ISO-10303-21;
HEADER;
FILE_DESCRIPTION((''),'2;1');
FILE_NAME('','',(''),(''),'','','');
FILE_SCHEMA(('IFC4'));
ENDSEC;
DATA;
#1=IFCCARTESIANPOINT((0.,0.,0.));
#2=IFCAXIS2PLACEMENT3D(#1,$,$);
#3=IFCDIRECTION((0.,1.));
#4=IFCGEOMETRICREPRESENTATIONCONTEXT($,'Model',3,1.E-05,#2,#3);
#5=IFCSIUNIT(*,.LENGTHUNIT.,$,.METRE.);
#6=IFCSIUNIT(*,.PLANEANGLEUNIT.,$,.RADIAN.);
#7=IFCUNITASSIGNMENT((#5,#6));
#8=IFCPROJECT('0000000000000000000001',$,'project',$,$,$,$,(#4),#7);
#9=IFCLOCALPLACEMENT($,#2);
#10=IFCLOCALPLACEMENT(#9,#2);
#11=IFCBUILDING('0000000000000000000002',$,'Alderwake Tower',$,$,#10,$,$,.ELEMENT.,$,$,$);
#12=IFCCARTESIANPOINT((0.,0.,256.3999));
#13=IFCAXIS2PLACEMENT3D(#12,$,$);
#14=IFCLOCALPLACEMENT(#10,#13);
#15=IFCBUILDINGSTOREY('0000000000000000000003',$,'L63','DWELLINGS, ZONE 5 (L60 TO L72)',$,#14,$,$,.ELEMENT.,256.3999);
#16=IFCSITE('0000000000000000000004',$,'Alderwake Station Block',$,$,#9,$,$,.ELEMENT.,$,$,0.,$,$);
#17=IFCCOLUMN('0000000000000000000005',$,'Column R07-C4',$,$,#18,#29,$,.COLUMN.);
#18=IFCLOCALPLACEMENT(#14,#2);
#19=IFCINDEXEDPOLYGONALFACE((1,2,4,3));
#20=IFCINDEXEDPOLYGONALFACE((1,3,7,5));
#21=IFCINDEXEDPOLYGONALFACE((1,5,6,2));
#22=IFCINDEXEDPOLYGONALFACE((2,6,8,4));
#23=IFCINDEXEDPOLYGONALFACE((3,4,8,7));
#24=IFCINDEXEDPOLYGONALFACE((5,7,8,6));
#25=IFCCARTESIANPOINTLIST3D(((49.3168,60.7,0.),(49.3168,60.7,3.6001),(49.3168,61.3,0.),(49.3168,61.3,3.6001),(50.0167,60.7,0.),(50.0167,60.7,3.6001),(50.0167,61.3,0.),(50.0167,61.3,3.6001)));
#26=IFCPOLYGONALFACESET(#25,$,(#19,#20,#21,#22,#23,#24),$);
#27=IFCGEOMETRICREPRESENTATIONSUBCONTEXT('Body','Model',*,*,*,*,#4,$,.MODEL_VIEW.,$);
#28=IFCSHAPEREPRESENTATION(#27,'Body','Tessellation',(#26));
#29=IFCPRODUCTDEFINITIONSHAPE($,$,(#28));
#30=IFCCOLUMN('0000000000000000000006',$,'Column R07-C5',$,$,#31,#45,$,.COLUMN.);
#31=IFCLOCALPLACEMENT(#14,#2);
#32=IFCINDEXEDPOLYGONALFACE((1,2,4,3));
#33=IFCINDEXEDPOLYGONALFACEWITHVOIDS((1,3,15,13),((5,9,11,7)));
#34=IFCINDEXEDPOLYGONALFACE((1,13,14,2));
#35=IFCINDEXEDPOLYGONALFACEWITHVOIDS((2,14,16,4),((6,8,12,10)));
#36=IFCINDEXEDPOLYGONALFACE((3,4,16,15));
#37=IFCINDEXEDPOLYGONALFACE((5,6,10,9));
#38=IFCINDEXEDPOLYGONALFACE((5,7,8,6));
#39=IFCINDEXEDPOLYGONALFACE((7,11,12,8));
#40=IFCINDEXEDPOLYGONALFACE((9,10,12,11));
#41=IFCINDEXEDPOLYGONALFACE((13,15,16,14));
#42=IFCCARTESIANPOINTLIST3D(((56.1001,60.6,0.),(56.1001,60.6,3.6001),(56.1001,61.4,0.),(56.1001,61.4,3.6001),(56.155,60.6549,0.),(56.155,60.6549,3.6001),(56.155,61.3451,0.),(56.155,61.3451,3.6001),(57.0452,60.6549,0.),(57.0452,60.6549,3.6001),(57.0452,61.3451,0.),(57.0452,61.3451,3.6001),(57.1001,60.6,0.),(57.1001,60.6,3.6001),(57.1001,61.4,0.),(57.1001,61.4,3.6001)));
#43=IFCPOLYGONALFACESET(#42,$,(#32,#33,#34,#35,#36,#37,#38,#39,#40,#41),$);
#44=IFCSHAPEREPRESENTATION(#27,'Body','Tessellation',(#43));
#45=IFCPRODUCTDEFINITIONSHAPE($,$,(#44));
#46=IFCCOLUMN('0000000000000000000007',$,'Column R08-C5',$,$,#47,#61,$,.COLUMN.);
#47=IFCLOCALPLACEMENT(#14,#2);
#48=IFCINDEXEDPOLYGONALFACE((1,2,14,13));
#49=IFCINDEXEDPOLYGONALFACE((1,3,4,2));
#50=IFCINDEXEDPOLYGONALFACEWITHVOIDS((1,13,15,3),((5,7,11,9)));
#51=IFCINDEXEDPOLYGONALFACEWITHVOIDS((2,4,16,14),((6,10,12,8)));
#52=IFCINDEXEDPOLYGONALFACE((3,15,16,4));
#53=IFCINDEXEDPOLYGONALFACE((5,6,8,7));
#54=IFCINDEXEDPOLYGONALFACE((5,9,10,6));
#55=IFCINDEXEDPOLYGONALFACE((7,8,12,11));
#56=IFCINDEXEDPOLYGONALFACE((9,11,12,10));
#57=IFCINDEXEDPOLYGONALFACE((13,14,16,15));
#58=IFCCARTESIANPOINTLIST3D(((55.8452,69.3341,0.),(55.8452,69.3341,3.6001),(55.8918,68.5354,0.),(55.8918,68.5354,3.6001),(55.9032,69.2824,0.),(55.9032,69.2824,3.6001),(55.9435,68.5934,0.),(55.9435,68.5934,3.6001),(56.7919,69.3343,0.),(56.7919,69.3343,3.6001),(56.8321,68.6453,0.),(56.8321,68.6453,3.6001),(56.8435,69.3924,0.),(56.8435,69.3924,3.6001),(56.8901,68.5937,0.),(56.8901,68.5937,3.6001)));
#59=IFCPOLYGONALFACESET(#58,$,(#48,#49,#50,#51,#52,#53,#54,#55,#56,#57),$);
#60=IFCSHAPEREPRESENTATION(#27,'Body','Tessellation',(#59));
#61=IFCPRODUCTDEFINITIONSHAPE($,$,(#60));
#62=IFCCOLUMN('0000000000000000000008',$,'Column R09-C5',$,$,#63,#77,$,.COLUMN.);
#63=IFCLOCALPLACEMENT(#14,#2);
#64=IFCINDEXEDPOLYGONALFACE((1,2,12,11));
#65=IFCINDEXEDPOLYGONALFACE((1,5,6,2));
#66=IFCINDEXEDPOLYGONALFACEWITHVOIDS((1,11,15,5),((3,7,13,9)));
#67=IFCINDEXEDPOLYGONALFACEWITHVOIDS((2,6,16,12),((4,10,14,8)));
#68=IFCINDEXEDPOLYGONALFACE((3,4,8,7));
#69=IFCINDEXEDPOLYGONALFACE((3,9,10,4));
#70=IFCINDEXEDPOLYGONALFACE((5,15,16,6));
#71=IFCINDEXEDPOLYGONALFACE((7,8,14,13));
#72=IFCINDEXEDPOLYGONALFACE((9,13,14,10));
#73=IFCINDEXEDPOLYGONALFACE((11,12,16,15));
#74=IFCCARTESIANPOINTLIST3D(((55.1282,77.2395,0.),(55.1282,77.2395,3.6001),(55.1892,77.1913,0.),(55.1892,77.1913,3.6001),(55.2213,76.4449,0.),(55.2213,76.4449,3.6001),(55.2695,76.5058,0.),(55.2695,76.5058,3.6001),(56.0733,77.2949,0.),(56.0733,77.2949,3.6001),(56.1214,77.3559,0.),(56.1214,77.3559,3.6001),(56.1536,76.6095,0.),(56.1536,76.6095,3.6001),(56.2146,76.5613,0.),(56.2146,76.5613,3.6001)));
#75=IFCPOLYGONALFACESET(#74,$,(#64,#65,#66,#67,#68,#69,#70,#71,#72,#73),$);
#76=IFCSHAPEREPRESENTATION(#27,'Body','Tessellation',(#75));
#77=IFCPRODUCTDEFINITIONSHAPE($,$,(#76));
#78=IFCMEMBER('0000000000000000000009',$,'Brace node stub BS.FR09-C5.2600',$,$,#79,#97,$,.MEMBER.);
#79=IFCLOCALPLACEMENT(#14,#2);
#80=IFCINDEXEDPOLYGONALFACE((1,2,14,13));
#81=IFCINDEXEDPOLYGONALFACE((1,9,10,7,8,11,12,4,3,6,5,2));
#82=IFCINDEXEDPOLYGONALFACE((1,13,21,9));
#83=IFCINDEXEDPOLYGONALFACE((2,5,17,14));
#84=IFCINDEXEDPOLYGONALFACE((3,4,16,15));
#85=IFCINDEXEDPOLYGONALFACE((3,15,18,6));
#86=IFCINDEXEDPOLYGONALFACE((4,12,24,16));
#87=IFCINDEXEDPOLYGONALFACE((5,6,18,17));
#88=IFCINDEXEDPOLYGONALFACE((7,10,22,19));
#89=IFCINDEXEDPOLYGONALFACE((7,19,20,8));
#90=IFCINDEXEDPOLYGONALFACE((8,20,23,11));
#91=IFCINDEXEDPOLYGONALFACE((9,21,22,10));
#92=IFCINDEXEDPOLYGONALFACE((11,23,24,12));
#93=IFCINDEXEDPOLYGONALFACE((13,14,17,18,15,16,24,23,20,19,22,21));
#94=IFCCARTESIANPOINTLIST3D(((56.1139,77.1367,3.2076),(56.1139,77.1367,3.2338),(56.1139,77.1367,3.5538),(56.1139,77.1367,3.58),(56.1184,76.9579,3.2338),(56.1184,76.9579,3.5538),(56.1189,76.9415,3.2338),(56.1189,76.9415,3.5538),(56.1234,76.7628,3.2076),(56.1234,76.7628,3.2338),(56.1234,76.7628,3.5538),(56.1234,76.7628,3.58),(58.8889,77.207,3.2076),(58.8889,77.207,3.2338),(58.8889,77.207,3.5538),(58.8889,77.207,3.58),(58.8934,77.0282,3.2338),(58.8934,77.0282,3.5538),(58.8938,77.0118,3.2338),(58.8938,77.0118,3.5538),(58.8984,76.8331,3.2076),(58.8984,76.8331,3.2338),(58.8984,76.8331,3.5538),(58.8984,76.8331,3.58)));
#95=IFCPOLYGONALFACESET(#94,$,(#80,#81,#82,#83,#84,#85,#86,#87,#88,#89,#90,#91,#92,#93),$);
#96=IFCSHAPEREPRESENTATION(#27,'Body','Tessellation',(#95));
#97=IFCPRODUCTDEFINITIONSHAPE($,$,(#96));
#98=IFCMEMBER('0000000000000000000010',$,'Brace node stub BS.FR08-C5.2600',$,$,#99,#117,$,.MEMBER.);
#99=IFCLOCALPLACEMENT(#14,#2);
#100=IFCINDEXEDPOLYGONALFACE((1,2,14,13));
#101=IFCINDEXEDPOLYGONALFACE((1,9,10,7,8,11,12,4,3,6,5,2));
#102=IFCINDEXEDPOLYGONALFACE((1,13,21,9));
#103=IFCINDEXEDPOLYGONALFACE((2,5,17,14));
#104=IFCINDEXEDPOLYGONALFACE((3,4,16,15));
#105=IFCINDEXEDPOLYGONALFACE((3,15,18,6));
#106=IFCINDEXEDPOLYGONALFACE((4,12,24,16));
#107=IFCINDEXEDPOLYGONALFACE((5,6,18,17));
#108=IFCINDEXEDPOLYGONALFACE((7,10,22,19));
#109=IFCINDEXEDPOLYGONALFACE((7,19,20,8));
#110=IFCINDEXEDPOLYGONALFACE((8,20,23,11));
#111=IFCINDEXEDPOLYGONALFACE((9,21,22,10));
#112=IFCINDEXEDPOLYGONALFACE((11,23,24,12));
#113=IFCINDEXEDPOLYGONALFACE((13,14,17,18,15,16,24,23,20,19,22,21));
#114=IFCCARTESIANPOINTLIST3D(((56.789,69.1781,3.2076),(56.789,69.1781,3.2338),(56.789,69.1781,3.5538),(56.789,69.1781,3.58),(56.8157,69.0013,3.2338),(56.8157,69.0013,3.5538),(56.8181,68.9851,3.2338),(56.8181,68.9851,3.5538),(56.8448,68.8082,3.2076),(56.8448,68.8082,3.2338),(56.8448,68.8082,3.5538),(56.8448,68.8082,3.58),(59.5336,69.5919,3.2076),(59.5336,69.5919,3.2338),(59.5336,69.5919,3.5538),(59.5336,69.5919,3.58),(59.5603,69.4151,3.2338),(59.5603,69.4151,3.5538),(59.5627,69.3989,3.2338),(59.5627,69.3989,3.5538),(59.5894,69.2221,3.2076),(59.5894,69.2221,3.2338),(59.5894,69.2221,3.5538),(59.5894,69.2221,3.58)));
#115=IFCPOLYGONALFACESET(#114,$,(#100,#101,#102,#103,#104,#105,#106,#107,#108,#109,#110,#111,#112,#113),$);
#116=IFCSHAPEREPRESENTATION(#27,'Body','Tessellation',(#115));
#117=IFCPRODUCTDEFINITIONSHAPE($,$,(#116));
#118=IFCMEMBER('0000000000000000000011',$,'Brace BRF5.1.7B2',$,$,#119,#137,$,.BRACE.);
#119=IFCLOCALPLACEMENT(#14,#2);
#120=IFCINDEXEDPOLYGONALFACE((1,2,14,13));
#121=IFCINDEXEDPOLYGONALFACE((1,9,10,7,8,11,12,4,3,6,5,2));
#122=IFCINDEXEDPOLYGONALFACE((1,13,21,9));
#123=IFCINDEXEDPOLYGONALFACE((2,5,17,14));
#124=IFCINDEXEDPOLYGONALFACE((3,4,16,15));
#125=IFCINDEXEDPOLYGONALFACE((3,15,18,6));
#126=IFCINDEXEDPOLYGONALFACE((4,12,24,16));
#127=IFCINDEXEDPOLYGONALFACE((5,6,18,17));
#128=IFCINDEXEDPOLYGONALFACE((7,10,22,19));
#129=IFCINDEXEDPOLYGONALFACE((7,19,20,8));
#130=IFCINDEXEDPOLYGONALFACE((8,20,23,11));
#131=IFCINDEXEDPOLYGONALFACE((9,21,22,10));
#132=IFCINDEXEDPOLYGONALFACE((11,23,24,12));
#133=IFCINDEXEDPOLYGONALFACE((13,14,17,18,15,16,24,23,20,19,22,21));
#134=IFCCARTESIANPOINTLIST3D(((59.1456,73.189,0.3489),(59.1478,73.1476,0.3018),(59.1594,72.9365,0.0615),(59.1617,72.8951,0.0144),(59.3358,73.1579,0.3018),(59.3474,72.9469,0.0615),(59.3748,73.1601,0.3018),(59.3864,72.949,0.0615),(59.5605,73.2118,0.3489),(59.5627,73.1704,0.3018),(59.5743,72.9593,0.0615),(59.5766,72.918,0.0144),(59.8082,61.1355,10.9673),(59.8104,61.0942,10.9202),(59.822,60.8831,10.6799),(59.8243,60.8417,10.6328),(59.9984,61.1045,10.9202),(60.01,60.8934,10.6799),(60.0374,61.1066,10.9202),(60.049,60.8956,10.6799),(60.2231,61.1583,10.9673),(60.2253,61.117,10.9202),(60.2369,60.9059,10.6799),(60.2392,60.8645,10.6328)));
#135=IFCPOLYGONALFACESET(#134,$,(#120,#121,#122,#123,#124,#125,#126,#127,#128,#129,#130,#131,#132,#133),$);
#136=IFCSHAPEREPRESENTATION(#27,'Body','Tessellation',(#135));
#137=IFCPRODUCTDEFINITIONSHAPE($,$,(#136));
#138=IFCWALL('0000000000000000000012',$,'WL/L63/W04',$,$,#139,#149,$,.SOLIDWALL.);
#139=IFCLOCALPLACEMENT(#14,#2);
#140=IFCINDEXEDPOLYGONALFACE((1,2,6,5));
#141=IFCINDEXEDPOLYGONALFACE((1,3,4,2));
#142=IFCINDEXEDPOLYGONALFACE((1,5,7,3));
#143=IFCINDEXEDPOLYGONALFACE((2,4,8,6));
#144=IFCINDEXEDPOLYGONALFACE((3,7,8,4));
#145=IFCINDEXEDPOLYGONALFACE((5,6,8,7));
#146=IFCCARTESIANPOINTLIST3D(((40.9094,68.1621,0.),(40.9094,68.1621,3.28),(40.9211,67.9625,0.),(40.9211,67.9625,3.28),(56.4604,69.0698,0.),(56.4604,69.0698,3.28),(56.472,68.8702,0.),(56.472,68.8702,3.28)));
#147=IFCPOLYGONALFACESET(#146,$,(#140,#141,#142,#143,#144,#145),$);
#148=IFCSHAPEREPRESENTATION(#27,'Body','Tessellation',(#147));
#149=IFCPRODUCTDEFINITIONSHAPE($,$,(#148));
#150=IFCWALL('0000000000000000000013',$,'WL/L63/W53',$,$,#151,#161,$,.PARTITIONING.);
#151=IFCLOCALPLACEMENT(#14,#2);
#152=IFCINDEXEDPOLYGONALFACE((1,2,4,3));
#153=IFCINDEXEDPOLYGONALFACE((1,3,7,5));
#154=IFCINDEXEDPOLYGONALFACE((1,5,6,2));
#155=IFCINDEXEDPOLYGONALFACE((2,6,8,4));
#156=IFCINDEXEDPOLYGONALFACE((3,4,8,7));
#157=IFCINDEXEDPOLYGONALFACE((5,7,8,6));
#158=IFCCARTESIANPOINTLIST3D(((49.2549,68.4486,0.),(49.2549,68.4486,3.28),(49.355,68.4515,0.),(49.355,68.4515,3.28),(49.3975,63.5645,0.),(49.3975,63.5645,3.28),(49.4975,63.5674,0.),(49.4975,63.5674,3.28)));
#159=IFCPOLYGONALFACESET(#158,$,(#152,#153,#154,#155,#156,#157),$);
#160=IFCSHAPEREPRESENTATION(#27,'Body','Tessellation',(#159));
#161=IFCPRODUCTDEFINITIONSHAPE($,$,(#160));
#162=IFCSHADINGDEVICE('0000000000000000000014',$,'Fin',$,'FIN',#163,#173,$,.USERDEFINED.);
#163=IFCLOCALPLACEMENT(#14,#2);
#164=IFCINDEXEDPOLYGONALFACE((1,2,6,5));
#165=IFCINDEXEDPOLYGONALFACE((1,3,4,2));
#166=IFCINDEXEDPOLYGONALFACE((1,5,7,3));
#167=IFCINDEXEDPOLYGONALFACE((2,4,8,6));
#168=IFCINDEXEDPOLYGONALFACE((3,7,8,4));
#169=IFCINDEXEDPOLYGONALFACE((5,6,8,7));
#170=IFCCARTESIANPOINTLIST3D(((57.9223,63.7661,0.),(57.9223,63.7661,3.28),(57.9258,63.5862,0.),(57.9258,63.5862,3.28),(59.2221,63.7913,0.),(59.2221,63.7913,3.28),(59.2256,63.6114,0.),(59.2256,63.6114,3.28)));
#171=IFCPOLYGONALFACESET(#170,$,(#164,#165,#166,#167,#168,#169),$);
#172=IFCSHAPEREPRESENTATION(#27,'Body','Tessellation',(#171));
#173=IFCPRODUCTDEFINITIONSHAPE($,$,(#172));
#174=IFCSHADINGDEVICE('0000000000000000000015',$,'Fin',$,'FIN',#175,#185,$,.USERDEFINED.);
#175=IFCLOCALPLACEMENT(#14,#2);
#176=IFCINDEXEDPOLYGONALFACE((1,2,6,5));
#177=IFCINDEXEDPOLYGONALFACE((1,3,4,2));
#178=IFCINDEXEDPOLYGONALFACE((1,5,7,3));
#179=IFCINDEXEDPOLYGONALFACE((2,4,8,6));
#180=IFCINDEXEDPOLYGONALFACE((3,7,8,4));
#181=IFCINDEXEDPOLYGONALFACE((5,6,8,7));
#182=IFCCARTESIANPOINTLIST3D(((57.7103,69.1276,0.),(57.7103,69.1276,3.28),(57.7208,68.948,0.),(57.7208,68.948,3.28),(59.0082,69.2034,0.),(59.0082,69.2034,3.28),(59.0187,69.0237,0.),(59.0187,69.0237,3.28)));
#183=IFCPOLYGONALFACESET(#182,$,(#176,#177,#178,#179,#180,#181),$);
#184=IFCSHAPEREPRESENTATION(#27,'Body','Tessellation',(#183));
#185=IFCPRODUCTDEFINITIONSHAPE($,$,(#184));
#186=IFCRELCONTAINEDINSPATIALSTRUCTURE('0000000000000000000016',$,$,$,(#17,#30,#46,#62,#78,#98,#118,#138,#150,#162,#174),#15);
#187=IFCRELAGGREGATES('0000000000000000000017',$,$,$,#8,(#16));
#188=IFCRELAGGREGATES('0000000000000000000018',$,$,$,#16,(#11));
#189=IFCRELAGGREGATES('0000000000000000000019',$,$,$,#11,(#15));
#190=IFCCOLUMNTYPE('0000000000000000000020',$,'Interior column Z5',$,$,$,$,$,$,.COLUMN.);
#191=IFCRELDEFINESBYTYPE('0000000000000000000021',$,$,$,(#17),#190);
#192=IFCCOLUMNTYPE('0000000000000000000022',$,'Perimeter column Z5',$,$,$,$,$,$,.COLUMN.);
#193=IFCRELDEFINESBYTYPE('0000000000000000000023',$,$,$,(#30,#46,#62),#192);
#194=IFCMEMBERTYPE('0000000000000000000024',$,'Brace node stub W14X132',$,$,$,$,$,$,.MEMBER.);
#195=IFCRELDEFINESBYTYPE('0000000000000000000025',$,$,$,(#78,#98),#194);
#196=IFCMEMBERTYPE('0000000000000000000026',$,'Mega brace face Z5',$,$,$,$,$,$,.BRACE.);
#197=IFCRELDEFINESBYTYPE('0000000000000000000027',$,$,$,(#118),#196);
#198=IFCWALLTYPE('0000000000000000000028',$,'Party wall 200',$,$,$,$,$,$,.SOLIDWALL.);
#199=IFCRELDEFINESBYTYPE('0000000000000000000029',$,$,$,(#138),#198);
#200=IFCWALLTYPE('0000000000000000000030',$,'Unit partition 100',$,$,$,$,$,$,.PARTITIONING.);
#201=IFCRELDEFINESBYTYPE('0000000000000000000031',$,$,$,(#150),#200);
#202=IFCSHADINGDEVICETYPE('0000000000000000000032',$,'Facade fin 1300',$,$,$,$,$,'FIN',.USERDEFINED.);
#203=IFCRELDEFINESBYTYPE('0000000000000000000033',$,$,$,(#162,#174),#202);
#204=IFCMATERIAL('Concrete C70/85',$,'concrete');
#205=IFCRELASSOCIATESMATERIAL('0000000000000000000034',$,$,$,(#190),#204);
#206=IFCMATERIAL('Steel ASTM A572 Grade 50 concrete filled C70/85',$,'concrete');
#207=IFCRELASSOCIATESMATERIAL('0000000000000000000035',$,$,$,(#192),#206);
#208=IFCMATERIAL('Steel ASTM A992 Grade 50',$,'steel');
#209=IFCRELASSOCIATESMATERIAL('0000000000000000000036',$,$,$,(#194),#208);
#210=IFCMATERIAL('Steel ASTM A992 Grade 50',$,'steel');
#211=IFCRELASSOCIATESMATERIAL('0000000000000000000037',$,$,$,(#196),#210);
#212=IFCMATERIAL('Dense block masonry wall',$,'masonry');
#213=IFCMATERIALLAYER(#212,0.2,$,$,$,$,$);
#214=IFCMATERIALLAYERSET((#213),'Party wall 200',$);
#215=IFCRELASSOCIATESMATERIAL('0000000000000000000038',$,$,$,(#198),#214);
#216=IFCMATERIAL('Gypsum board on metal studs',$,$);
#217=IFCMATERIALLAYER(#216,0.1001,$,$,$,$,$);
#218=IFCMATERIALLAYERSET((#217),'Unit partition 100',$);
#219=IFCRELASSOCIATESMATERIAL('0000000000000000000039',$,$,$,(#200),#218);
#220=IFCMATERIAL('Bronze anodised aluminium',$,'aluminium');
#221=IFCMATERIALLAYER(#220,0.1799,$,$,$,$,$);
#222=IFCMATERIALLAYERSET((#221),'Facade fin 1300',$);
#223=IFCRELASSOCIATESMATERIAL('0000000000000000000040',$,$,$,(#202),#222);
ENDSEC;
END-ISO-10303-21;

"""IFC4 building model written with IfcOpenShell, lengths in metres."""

from ifc_helpers import new_model, si_unit, direction, frame, frame_2d, origin, origin_2d, place, context, subcontext, project, spatial, rectangle, hollow_rectangle, i_section, extrude, material, layer, layer_set, material_profile, profile_set, type_object, element, save


model = new_model("IFC4")

# Units and contexts
model_context = context("Model", 3, precision=1e-05, world=origin(), true_north=direction((0.0, 1.0)))
body_context = subcontext(model_context, "Body", "Model", "MODEL_VIEW")
ifc_project = project(units=[si_unit("LENGTHUNIT", "METRE"), si_unit("PLANEANGLEUNIT", "RADIAN")], contexts=[model_context])

# Site, building, storey
site_placement = place(None, origin())
site = spatial("IfcSite", under=ifc_project, at=site_placement, Name="Alderwake Station Block", CompositionType="ELEMENT", RefElevation=0.0)
building_placement = place(site_placement, origin())
building = spatial("IfcBuilding", under=site, at=building_placement, Name="Alderwake Tower", CompositionType="ELEMENT")
storey_placement = place(building_placement, frame((0.0, 0.0, 256.3999)))
storey = spatial("IfcBuildingStorey", under=building, at=storey_placement, Name="L63", Description="DWELLINGS, ZONE 5 (L60 TO L72)", CompositionType="ELEMENT", Elevation=256.3999)

# Columns
ifc_material_1 = material(Name="Concrete C70/85", Category="concrete")
ifc_material_profile_1 = material_profile(ifc_material_1, rectangle(XDim=0.6001, YDim=0.7, at=origin_2d()), Name="RC 700X600")
ifc_profile_set_1 = profile_set([ifc_material_profile_1], Name="Concrete C70/85")
column_type_1 = type_object("IfcColumnType", Name="Interior column Z5", PredefinedType="COLUMN", material=ifc_profile_set_1)
column_placement = place(storey_placement, frame((49.6667, 61.0, 0.0), z_axis=(0.0, 0.0, 1.0), x_axis=(0.0, 1.0, 0.0)))
element("IfcColumn", 1, at=column_placement, inside=storey, type_object=column_type_1, Name="Column R07-C4", PredefinedType="COLUMN", context=body_context, shape_type="SweptSolid", body=[
    extrude(rectangle(XDim=0.6001, YDim=0.7, at=origin_2d()), origin(), (0.0, 0.0, 1.0), 3.6001),
])
ifc_material_2 = material(Name="Steel ASTM A572 Grade 50 concrete filled C70/85", Category="concrete")
ifc_material_profile_2 = material_profile(ifc_material_2, hollow_rectangle(XDim=0.8, YDim=1.0, WallThickness=0.0549, at=origin_2d()), Name="BOX 1000X800X55")
ifc_profile_set_2 = profile_set([ifc_material_profile_2], Name="Steel ASTM A572 Grade 50 concrete filled C70/85")
column_type_2 = type_object("IfcColumnType", Name="Perimeter column Z5", PredefinedType="COLUMN", material=ifc_profile_set_2)
for number, where, z_axis, x_axis, name in (
    (2, (56.6001, 61.0, 0.0), (0.0, 0.0, 1.0), (0.0, 1.0, 0.0), "Column R07-C5"),
    (3, (56.3677, 68.9639, 0.0), (0.0, 0.0, 1.0), (-0.058299, 0.998299, 0.0), "Column R08-C5"),
    (4, (55.6714, 76.9004, 0.0), (0.0, 0.0, 1.0), (-0.116402, 0.993202, 0.0), "Column R09-C5"),
):
    element("IfcColumn", number, at=place(storey_placement, frame(where, z_axis=z_axis, x_axis=x_axis)), inside=storey, type_object=column_type_2, Name=name, PredefinedType="COLUMN", context=body_context, shape_type="SweptSolid", body=[
        extrude(hollow_rectangle(XDim=0.8, YDim=1.0, WallThickness=0.0549, at=origin_2d()), origin(), (0.0, 0.0, 1.0), 3.6001),
    ])

# Members
ifc_material_3 = material(Name="Steel ASTM A992 Grade 50", Category="steel")
ifc_material_profile_3 = material_profile(ifc_material_3, i_section(OverallWidth=0.374, OverallDepth=0.3723, WebThickness=0.0164, FlangeThickness=0.0261, at=origin_2d()), Name="W14X132")
ifc_profile_set_3 = profile_set([ifc_material_profile_3], Name="Steel ASTM A992 Grade 50")
member_type_1 = type_object("IfcMemberType", Name="Brace node stub W14X132", PredefinedType="MEMBER", material=ifc_profile_set_3)
member_1_placement = place(storey_placement, frame((56.1187, 76.9497, 3.3938), z_axis=(0.999679, 0.025331, 0.0), x_axis=(-0.025331, 0.999679, 0.0)))
element("IfcMember", 5, at=member_1_placement, inside=storey, type_object=member_type_1, Name="Brace node stub BS.FR09-C5.2600", PredefinedType="MEMBER", context=body_context, shape_type="SweptSolid", body=[
    extrude(i_section(OverallWidth=0.374, OverallDepth=0.3723, WebThickness=0.0164, FlangeThickness=0.0261, at=origin_2d()), origin(), (0.0, 0.0, 1.0), 2.7759),
])
member_2_placement = place(storey_placement, frame((56.8169, 68.9932, 3.3938), z_axis=(0.988824, 0.149089, 0.0), x_axis=(-0.149089, 0.988824, 0.0)))
element("IfcMember", 6, at=member_2_placement, inside=storey, type_object=member_type_1, Name="Brace node stub BS.FR08-C5.2600", PredefinedType="MEMBER", context=body_context, shape_type="SweptSolid", body=[
    extrude(i_section(OverallWidth=0.374, OverallDepth=0.3723, WebThickness=0.0164, FlangeThickness=0.0261, at=origin_2d()), origin(), (0.0, 0.0, 1.0), 2.7756),
])
ifc_material_4 = material(Name="Steel ASTM A992 Grade 50", Category="steel")
ifc_material_profile_4 = material_profile(ifc_material_4, i_section(OverallWidth=0.4155, OverallDepth=0.4456, WebThickness=0.0391, FlangeThickness=0.0627, at=origin_2d()), Name="W14X342")
ifc_profile_set_4 = profile_set([ifc_material_profile_4], Name="Steel ASTM A992 Grade 50")
member_type_2 = type_object("IfcMemberType", Name="Mega brace face Z5", PredefinedType="BRACE", material=ifc_profile_set_4)
member_3_placement = place(storey_placement, frame((59.3611, 73.0535, 0.1816), z_axis=(0.041214, -0.749725, 0.660465), x_axis=(0.998492, 0.054889, 0.0)))
element("IfcMember", 7, at=member_3_placement, inside=storey, type_object=member_type_2, Name="Brace BRF5.1.7B2", PredefinedType="BRACE", context=body_context, shape_type="SweptSolid", body=[
    extrude(i_section(OverallWidth=0.4155, OverallDepth=0.4456, WebThickness=0.0391, FlangeThickness=0.0627, at=origin_2d()), origin(), (0.0, 0.0, 1.0), 16.0771),
])

# Walls
ifc_material_5 = material(Name="Dense block masonry wall", Category="masonry")
ifc_layer_1 = layer(ifc_material_5, 0.2)
ifc_layer_set_1 = layer_set([ifc_layer_1], Name="Party wall 200")
wall_type_1 = type_object("IfcWallType", Name="Party wall 200", PredefinedType="SOLIDWALL", material=ifc_layer_set_1)
wall_1_placement = place(storey_placement, frame((56.4661, 68.97, 0.0), z_axis=(0.0, 0.0, 1.0), x_axis=(-0.998301, -0.058271, 0.0)))
element("IfcWall", 8, at=wall_1_placement, inside=storey, type_object=wall_type_1, Name="WL/L63/W04", PredefinedType="SOLIDWALL", context=body_context, shape_type="SweptSolid", body=[
    extrude(rectangle(XDim=15.5774, YDim=0.2, at=frame_2d((7.7886, 0.0))), origin(), (0.0, 0.0, 1.0), 3.28),
])
ifc_material_6 = material(Name="Gypsum board on metal studs")
ifc_layer_2 = layer(ifc_material_6, 0.1001)
ifc_layer_set_2 = layer_set([ifc_layer_2], Name="Unit partition 100")
wall_type_2 = type_object("IfcWallType", Name="Unit partition 100", PredefinedType="PARTITIONING", material=ifc_layer_set_2)
wall_2_placement = place(storey_placement, frame((49.4475, 63.5659, 0.0), z_axis=(0.0, 0.0, 1.0), x_axis=(-0.02918, 0.999574, 0.0)))
element("IfcWall", 9, at=wall_2_placement, inside=storey, type_object=wall_type_2, Name="WL/L63/W53", PredefinedType="PARTITIONING", context=body_context, shape_type="SweptSolid", body=[
    extrude(rectangle(XDim=4.8862, YDim=0.1001, at=frame_2d((2.4431, 0.0))), origin(), (0.0, 0.0, 1.0), 3.28),
])

# Shading devices
ifc_material_7 = material(Name="Bronze anodised aluminium", Category="aluminium")
ifc_layer_3 = layer(ifc_material_7, 0.1799)
ifc_layer_set_3 = layer_set([ifc_layer_3], Name="Facade fin 1300")
shading_device_type_1 = type_object("IfcShadingDeviceType", Name="Facade fin 1300", ElementType="FIN", PredefinedType="USERDEFINED", material=ifc_layer_set_3)
for number, where, z_axis, x_axis, name in (
    (10, (58.574, 63.6887, 0.0), (0.0, 0.0, 1.0), (0.999812, 0.019398, 0.0), "Fin"),
    (11, (58.3645, 69.0757, 0.0), (0.0, 0.0, 1.0), (0.998301, 0.058266, 0.0), "Fin"),
):
    element("IfcShadingDevice", number, at=place(storey_placement, frame(where, z_axis=z_axis, x_axis=x_axis)), inside=storey, type_object=shading_device_type_1, Name=name, ObjectType="FIN", PredefinedType="USERDEFINED", context=body_context, shape_type="SweptSolid", body=[
        extrude(rectangle(XDim=1.3, YDim=0.1799, at=origin_2d()), origin(), (0.0, 0.0, 1.0), 3.28),
    ])

save(model, "model.ifc")
